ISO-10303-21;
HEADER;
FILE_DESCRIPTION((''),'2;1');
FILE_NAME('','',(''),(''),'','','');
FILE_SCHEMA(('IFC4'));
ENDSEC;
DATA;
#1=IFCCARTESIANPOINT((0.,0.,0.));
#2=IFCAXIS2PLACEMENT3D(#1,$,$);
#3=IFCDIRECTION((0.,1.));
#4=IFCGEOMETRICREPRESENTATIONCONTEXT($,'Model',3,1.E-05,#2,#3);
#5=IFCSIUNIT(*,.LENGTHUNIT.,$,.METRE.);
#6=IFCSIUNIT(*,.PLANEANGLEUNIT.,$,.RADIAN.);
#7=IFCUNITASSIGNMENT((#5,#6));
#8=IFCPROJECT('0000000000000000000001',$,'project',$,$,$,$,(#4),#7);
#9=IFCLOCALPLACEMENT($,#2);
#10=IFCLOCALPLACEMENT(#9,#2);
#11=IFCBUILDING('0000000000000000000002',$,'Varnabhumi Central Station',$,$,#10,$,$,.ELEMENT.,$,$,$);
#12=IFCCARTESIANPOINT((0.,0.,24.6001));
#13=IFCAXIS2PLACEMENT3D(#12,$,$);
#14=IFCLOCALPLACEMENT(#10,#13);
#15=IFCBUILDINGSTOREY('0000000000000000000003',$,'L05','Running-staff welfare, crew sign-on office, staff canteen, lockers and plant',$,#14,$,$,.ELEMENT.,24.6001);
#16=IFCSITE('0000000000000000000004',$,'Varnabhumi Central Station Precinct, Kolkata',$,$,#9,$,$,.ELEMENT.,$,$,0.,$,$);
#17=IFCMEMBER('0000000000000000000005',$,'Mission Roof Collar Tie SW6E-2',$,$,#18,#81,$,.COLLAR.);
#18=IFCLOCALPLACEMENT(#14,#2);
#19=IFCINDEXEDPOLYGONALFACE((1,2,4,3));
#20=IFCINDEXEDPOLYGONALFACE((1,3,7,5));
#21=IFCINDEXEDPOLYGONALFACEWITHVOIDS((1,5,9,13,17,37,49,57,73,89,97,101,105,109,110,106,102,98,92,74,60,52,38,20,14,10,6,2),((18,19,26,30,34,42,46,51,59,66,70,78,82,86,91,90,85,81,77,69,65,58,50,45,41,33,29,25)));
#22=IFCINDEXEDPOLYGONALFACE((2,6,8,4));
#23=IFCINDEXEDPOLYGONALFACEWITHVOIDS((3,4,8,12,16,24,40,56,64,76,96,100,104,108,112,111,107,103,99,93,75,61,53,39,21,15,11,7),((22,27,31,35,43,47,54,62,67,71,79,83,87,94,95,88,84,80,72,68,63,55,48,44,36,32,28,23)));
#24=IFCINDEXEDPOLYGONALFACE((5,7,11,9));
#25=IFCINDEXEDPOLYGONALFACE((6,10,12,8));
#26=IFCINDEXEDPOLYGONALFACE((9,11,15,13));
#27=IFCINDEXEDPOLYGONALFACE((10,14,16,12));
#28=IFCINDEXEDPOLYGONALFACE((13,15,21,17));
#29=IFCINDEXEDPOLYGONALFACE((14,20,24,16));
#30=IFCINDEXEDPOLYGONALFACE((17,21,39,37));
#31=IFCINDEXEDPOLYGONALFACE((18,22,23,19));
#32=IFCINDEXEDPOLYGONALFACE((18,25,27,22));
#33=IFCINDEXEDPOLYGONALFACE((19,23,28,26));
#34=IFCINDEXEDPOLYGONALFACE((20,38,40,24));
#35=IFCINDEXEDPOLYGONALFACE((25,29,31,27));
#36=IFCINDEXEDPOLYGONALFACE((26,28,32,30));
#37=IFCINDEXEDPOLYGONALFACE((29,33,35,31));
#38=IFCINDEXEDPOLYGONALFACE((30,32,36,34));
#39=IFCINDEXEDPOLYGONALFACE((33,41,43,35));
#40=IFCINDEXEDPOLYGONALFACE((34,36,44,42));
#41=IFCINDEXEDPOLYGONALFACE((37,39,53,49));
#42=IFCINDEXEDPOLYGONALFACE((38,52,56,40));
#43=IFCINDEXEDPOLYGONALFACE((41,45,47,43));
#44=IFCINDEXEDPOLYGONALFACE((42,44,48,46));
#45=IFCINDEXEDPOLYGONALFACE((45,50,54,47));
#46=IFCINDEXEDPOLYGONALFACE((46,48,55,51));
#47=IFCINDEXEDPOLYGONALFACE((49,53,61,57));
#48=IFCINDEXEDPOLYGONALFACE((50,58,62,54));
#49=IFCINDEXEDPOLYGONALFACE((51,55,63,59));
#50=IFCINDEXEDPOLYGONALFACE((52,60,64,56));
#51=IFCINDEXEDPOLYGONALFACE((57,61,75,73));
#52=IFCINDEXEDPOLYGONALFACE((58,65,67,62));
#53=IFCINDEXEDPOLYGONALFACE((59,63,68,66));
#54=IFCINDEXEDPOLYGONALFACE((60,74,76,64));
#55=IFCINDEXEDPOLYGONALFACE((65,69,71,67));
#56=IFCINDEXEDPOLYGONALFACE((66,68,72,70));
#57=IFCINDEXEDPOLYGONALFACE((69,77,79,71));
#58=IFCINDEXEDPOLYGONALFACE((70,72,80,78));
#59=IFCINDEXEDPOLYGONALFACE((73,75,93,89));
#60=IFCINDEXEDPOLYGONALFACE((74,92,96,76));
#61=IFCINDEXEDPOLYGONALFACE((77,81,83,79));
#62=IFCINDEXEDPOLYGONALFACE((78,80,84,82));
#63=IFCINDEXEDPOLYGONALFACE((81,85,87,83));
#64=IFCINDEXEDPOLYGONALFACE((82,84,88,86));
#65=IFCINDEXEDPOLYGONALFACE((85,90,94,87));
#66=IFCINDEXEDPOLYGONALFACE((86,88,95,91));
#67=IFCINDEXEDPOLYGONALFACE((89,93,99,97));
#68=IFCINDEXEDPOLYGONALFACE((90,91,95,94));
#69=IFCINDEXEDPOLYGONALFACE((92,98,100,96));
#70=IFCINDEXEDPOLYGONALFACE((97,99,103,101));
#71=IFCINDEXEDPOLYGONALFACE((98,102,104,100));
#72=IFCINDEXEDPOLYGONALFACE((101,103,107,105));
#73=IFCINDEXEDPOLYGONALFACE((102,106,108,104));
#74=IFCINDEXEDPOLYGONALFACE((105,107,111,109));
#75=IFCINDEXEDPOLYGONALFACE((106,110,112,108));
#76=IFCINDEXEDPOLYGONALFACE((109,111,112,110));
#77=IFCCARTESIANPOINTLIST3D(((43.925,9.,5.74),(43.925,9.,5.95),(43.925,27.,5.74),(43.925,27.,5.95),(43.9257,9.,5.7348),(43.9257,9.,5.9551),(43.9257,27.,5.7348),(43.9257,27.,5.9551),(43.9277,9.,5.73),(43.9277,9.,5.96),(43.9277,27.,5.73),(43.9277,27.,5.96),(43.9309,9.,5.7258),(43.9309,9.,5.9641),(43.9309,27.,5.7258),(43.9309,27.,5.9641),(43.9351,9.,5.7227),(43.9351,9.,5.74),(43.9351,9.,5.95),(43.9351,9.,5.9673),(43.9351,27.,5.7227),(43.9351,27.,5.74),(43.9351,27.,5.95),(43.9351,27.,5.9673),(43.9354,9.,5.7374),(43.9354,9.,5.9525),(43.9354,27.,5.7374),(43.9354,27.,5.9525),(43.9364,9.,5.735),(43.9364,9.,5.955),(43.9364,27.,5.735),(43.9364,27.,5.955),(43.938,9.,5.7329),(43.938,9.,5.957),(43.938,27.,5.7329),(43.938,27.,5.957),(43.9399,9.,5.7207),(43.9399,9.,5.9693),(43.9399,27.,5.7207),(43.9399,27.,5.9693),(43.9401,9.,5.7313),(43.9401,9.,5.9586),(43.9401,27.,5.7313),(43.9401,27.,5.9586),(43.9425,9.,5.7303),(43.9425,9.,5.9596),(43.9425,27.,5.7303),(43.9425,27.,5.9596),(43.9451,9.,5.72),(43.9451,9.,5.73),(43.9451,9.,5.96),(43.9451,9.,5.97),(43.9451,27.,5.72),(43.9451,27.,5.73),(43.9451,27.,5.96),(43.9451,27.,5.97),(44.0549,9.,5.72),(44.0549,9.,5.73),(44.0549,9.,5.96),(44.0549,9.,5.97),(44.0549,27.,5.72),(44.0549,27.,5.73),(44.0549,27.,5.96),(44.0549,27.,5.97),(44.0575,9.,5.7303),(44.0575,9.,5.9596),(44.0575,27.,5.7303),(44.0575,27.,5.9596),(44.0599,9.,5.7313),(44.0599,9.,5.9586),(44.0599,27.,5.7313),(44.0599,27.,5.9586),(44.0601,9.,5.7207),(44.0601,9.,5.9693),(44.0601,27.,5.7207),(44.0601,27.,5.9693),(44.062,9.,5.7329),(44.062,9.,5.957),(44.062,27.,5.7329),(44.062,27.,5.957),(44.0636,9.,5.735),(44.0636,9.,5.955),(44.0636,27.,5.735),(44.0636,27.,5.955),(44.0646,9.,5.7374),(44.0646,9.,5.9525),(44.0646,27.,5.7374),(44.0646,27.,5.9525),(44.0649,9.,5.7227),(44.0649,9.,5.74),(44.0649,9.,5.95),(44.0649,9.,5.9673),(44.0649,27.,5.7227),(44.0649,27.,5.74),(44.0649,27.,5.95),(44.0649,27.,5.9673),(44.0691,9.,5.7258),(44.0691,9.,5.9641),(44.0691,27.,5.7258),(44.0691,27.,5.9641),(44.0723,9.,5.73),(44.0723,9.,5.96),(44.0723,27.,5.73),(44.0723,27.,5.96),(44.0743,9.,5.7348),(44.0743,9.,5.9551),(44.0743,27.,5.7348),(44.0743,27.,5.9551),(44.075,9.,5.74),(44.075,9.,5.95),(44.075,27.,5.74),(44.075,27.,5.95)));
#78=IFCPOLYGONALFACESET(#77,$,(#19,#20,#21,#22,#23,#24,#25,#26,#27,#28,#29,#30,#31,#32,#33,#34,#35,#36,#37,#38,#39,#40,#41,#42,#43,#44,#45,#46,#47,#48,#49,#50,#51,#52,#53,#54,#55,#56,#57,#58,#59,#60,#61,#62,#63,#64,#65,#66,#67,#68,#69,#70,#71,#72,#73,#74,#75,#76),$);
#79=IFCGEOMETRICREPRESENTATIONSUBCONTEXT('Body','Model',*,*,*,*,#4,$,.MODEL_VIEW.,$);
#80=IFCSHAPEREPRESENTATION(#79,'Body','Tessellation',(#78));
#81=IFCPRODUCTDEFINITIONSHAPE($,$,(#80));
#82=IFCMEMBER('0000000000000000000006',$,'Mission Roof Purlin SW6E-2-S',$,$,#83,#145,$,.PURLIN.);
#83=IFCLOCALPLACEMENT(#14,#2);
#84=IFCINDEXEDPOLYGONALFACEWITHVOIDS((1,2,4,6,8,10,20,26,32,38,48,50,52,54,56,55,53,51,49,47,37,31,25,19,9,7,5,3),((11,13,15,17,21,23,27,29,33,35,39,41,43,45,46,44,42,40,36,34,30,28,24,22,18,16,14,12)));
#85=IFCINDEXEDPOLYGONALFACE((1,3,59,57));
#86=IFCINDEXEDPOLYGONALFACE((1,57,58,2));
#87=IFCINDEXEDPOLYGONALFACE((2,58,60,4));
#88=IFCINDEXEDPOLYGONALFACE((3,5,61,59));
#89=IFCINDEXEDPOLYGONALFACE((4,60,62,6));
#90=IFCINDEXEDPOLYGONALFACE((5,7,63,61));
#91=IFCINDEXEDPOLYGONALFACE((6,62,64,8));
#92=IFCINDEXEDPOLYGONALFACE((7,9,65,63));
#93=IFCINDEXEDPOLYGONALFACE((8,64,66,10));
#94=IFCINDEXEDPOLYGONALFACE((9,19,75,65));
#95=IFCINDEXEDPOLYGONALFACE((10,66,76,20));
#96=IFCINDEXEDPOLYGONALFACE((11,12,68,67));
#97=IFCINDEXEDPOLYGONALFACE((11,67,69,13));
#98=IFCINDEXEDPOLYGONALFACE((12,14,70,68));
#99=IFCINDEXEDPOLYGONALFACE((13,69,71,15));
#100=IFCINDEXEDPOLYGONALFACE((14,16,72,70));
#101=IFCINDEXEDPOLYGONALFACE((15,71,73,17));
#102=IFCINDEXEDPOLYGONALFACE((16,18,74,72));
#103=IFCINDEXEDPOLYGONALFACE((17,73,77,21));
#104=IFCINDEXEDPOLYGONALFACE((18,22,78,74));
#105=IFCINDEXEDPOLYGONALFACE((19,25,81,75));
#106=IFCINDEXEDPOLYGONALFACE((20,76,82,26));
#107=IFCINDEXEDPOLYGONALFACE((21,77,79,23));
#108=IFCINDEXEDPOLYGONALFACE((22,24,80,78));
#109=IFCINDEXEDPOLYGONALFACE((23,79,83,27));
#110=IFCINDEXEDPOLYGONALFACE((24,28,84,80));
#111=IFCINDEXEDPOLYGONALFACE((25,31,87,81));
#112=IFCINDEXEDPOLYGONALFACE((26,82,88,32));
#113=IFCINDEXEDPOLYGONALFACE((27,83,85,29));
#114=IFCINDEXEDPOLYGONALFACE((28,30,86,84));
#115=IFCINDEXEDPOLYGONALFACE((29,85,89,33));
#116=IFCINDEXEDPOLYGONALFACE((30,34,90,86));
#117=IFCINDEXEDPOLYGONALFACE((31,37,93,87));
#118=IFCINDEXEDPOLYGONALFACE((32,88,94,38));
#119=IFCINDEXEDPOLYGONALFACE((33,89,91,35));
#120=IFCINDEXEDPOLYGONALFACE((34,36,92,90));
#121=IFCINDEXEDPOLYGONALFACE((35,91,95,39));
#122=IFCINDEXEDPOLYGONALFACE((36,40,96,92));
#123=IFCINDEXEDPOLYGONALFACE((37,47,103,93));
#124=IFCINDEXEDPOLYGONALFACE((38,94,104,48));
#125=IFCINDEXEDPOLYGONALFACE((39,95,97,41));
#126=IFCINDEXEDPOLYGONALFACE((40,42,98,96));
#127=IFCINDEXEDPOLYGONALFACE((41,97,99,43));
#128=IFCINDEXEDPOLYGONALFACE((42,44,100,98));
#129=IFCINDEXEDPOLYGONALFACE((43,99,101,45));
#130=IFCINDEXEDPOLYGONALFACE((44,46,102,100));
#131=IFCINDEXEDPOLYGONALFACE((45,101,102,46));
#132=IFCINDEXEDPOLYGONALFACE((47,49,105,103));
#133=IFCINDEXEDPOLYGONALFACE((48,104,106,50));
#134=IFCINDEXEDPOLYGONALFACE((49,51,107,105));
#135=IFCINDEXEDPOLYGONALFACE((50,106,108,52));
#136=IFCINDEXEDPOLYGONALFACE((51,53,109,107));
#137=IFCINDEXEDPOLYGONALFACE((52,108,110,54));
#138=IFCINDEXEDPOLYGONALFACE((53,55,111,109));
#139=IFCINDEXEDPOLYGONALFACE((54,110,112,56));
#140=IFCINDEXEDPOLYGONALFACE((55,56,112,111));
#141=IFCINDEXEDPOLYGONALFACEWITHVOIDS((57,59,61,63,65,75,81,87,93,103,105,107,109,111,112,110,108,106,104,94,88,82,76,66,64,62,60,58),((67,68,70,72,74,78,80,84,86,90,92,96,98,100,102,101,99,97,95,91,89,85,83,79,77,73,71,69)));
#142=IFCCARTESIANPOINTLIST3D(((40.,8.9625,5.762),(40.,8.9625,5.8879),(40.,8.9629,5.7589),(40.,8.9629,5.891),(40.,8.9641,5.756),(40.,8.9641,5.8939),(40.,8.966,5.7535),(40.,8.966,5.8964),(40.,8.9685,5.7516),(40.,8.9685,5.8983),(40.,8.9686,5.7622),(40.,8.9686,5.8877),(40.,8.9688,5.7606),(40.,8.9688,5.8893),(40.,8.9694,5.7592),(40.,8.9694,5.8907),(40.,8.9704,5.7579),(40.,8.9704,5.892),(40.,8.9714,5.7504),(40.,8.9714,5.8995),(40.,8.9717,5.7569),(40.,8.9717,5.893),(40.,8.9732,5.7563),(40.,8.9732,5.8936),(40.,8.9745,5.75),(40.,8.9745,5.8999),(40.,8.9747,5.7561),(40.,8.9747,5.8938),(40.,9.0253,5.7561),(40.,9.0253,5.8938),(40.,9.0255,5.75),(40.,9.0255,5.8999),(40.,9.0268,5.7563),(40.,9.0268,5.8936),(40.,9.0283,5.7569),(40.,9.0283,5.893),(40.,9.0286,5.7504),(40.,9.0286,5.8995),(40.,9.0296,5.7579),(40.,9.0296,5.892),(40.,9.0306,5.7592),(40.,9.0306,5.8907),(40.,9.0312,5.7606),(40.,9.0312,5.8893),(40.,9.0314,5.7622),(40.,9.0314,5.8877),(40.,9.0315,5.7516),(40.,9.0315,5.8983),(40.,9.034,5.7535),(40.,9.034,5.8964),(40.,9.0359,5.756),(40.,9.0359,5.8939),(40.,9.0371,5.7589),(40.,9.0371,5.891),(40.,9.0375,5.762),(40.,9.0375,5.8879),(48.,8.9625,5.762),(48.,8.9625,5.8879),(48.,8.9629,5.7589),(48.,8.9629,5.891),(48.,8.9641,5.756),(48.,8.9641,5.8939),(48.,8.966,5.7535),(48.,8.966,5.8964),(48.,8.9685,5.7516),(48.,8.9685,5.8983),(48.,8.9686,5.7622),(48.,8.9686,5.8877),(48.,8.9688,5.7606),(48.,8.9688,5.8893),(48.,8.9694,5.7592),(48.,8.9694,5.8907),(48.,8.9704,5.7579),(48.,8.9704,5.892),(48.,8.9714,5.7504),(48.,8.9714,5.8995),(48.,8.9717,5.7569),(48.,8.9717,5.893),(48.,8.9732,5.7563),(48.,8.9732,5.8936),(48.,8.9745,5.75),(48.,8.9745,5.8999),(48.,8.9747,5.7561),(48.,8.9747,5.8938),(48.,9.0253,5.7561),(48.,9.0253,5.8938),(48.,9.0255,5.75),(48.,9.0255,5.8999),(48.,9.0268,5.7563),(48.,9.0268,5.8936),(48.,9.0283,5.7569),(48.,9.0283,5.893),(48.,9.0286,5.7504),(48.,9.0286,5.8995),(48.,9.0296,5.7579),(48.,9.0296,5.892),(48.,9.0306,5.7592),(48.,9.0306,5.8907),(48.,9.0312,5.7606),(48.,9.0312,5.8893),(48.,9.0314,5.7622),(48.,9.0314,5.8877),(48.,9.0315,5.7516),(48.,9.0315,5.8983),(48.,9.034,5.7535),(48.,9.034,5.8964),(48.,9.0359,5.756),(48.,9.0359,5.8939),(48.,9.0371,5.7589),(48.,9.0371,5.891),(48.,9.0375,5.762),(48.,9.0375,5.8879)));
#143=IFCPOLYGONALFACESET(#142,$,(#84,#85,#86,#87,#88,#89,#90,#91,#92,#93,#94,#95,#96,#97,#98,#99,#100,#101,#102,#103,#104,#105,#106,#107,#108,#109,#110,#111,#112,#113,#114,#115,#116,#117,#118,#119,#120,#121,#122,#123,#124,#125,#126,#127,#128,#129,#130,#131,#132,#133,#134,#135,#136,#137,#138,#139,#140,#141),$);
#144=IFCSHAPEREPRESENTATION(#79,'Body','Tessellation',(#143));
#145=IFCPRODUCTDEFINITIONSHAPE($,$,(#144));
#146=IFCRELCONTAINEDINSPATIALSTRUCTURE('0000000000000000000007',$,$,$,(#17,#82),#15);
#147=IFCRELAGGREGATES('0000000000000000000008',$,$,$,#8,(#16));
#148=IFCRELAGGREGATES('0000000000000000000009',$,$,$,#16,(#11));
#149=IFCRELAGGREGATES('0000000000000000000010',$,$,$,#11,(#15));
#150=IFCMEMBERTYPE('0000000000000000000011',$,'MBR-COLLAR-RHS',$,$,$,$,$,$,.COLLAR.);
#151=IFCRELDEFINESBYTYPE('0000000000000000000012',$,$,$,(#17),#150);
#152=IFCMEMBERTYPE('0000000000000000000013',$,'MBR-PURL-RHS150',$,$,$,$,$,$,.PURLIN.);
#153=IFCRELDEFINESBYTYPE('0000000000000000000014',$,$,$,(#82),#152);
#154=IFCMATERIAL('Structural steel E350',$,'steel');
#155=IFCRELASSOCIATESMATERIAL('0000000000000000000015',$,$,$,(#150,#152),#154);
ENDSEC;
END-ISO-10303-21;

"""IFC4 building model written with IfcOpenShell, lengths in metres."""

from ifc_helpers import new_model, si_unit, direction, frame, origin, origin_2d, place, context, subcontext, project, spatial, hollow_rectangle, extrude, material, material_profile, profile_set, type_object, element, save


model = new_model("IFC4")

# Units and contexts
model_context = context("Model", 3, precision=1e-05, world=origin(), true_north=direction((0.0, 1.0)))
body_context = subcontext(model_context, "Body", "Model", "MODEL_VIEW")
ifc_project = project(units=[si_unit("LENGTHUNIT", "METRE"), si_unit("PLANEANGLEUNIT", "RADIAN")], contexts=[model_context])

# Site, building, storey
site_placement = place(None, origin())
site = spatial("IfcSite", under=ifc_project, at=site_placement, Name="Varnabhumi Central Station Precinct, Kolkata", CompositionType="ELEMENT", RefElevation=0.0)
building_placement = place(site_placement, origin())
building = spatial("IfcBuilding", under=site, at=building_placement, Name="Varnabhumi Central Station", CompositionType="ELEMENT")
storey_placement = place(building_placement, frame((0.0, 0.0, 24.6001)))
storey = spatial("IfcBuildingStorey", under=building, at=storey_placement, Name="L05", Description="Running-staff welfare, crew sign-on office, staff canteen, lockers and plant", CompositionType="ELEMENT", Elevation=24.6001)

# Shared definitions
ifc_material_1 = material(Name="Structural steel E350", Category="steel")

# Members
ifc_material_profile_1 = material_profile(ifc_material_1, hollow_rectangle(XDim=0.1499, YDim=0.25, WallThickness=0.01, InnerFilletRadius=0.01, OuterFilletRadius=0.02, at=origin_2d()), Name="Structural steel E350", Category="steel")
ifc_profile_set_1 = profile_set([ifc_material_profile_1], Name="Structural steel E350")
member_type_1 = type_object("IfcMemberType", Name="MBR-COLLAR-RHS", PredefinedType="COLLAR", material=ifc_profile_set_1)
member_1_placement = place(storey_placement, frame((44.0, 9.0, 5.845), z_axis=(0.0, 1.0, 0.0), x_axis=(-1.0, 0.0, 0.0)))
element("IfcMember", 1, at=member_1_placement, inside=storey, type_object=member_type_1, Name="Mission Roof Collar Tie SW6E-2", PredefinedType="COLLAR", context=body_context, shape_type="SweptSolid", body=[
    extrude(hollow_rectangle(XDim=0.1499, YDim=0.25, WallThickness=0.01, InnerFilletRadius=0.01, OuterFilletRadius=0.02, at=origin_2d()), origin(), (0.0, 0.0, 1.0), 18.0),
])
ifc_material_profile_2 = material_profile(ifc_material_1, hollow_rectangle(XDim=0.075, YDim=0.1499, WallThickness=0.0061, InnerFilletRadius=0.0061, OuterFilletRadius=0.012, at=origin_2d()), Name="Structural steel E350", Category="steel")
ifc_profile_set_2 = profile_set([ifc_material_profile_2], Name="Structural steel E350")
member_type_2 = type_object("IfcMemberType", Name="MBR-PURL-RHS150", PredefinedType="PURLIN", material=ifc_profile_set_2)
member_2_placement = place(storey_placement, frame((40.0, 9.0, 5.825), z_axis=(1.0, 0.0, 0.0), x_axis=(0.0, 1.0, 0.0)))
element("IfcMember", 2, at=member_2_placement, inside=storey, type_object=member_type_2, Name="Mission Roof Purlin SW6E-2-S", PredefinedType="PURLIN", context=body_context, shape_type="SweptSolid", body=[
    extrude(hollow_rectangle(XDim=0.075, YDim=0.1499, WallThickness=0.0061, InnerFilletRadius=0.0061, OuterFilletRadius=0.012, at=origin_2d()), origin(), (0.0, 0.0, 1.0), 8.0),
])

save(model, "model.ifc")
